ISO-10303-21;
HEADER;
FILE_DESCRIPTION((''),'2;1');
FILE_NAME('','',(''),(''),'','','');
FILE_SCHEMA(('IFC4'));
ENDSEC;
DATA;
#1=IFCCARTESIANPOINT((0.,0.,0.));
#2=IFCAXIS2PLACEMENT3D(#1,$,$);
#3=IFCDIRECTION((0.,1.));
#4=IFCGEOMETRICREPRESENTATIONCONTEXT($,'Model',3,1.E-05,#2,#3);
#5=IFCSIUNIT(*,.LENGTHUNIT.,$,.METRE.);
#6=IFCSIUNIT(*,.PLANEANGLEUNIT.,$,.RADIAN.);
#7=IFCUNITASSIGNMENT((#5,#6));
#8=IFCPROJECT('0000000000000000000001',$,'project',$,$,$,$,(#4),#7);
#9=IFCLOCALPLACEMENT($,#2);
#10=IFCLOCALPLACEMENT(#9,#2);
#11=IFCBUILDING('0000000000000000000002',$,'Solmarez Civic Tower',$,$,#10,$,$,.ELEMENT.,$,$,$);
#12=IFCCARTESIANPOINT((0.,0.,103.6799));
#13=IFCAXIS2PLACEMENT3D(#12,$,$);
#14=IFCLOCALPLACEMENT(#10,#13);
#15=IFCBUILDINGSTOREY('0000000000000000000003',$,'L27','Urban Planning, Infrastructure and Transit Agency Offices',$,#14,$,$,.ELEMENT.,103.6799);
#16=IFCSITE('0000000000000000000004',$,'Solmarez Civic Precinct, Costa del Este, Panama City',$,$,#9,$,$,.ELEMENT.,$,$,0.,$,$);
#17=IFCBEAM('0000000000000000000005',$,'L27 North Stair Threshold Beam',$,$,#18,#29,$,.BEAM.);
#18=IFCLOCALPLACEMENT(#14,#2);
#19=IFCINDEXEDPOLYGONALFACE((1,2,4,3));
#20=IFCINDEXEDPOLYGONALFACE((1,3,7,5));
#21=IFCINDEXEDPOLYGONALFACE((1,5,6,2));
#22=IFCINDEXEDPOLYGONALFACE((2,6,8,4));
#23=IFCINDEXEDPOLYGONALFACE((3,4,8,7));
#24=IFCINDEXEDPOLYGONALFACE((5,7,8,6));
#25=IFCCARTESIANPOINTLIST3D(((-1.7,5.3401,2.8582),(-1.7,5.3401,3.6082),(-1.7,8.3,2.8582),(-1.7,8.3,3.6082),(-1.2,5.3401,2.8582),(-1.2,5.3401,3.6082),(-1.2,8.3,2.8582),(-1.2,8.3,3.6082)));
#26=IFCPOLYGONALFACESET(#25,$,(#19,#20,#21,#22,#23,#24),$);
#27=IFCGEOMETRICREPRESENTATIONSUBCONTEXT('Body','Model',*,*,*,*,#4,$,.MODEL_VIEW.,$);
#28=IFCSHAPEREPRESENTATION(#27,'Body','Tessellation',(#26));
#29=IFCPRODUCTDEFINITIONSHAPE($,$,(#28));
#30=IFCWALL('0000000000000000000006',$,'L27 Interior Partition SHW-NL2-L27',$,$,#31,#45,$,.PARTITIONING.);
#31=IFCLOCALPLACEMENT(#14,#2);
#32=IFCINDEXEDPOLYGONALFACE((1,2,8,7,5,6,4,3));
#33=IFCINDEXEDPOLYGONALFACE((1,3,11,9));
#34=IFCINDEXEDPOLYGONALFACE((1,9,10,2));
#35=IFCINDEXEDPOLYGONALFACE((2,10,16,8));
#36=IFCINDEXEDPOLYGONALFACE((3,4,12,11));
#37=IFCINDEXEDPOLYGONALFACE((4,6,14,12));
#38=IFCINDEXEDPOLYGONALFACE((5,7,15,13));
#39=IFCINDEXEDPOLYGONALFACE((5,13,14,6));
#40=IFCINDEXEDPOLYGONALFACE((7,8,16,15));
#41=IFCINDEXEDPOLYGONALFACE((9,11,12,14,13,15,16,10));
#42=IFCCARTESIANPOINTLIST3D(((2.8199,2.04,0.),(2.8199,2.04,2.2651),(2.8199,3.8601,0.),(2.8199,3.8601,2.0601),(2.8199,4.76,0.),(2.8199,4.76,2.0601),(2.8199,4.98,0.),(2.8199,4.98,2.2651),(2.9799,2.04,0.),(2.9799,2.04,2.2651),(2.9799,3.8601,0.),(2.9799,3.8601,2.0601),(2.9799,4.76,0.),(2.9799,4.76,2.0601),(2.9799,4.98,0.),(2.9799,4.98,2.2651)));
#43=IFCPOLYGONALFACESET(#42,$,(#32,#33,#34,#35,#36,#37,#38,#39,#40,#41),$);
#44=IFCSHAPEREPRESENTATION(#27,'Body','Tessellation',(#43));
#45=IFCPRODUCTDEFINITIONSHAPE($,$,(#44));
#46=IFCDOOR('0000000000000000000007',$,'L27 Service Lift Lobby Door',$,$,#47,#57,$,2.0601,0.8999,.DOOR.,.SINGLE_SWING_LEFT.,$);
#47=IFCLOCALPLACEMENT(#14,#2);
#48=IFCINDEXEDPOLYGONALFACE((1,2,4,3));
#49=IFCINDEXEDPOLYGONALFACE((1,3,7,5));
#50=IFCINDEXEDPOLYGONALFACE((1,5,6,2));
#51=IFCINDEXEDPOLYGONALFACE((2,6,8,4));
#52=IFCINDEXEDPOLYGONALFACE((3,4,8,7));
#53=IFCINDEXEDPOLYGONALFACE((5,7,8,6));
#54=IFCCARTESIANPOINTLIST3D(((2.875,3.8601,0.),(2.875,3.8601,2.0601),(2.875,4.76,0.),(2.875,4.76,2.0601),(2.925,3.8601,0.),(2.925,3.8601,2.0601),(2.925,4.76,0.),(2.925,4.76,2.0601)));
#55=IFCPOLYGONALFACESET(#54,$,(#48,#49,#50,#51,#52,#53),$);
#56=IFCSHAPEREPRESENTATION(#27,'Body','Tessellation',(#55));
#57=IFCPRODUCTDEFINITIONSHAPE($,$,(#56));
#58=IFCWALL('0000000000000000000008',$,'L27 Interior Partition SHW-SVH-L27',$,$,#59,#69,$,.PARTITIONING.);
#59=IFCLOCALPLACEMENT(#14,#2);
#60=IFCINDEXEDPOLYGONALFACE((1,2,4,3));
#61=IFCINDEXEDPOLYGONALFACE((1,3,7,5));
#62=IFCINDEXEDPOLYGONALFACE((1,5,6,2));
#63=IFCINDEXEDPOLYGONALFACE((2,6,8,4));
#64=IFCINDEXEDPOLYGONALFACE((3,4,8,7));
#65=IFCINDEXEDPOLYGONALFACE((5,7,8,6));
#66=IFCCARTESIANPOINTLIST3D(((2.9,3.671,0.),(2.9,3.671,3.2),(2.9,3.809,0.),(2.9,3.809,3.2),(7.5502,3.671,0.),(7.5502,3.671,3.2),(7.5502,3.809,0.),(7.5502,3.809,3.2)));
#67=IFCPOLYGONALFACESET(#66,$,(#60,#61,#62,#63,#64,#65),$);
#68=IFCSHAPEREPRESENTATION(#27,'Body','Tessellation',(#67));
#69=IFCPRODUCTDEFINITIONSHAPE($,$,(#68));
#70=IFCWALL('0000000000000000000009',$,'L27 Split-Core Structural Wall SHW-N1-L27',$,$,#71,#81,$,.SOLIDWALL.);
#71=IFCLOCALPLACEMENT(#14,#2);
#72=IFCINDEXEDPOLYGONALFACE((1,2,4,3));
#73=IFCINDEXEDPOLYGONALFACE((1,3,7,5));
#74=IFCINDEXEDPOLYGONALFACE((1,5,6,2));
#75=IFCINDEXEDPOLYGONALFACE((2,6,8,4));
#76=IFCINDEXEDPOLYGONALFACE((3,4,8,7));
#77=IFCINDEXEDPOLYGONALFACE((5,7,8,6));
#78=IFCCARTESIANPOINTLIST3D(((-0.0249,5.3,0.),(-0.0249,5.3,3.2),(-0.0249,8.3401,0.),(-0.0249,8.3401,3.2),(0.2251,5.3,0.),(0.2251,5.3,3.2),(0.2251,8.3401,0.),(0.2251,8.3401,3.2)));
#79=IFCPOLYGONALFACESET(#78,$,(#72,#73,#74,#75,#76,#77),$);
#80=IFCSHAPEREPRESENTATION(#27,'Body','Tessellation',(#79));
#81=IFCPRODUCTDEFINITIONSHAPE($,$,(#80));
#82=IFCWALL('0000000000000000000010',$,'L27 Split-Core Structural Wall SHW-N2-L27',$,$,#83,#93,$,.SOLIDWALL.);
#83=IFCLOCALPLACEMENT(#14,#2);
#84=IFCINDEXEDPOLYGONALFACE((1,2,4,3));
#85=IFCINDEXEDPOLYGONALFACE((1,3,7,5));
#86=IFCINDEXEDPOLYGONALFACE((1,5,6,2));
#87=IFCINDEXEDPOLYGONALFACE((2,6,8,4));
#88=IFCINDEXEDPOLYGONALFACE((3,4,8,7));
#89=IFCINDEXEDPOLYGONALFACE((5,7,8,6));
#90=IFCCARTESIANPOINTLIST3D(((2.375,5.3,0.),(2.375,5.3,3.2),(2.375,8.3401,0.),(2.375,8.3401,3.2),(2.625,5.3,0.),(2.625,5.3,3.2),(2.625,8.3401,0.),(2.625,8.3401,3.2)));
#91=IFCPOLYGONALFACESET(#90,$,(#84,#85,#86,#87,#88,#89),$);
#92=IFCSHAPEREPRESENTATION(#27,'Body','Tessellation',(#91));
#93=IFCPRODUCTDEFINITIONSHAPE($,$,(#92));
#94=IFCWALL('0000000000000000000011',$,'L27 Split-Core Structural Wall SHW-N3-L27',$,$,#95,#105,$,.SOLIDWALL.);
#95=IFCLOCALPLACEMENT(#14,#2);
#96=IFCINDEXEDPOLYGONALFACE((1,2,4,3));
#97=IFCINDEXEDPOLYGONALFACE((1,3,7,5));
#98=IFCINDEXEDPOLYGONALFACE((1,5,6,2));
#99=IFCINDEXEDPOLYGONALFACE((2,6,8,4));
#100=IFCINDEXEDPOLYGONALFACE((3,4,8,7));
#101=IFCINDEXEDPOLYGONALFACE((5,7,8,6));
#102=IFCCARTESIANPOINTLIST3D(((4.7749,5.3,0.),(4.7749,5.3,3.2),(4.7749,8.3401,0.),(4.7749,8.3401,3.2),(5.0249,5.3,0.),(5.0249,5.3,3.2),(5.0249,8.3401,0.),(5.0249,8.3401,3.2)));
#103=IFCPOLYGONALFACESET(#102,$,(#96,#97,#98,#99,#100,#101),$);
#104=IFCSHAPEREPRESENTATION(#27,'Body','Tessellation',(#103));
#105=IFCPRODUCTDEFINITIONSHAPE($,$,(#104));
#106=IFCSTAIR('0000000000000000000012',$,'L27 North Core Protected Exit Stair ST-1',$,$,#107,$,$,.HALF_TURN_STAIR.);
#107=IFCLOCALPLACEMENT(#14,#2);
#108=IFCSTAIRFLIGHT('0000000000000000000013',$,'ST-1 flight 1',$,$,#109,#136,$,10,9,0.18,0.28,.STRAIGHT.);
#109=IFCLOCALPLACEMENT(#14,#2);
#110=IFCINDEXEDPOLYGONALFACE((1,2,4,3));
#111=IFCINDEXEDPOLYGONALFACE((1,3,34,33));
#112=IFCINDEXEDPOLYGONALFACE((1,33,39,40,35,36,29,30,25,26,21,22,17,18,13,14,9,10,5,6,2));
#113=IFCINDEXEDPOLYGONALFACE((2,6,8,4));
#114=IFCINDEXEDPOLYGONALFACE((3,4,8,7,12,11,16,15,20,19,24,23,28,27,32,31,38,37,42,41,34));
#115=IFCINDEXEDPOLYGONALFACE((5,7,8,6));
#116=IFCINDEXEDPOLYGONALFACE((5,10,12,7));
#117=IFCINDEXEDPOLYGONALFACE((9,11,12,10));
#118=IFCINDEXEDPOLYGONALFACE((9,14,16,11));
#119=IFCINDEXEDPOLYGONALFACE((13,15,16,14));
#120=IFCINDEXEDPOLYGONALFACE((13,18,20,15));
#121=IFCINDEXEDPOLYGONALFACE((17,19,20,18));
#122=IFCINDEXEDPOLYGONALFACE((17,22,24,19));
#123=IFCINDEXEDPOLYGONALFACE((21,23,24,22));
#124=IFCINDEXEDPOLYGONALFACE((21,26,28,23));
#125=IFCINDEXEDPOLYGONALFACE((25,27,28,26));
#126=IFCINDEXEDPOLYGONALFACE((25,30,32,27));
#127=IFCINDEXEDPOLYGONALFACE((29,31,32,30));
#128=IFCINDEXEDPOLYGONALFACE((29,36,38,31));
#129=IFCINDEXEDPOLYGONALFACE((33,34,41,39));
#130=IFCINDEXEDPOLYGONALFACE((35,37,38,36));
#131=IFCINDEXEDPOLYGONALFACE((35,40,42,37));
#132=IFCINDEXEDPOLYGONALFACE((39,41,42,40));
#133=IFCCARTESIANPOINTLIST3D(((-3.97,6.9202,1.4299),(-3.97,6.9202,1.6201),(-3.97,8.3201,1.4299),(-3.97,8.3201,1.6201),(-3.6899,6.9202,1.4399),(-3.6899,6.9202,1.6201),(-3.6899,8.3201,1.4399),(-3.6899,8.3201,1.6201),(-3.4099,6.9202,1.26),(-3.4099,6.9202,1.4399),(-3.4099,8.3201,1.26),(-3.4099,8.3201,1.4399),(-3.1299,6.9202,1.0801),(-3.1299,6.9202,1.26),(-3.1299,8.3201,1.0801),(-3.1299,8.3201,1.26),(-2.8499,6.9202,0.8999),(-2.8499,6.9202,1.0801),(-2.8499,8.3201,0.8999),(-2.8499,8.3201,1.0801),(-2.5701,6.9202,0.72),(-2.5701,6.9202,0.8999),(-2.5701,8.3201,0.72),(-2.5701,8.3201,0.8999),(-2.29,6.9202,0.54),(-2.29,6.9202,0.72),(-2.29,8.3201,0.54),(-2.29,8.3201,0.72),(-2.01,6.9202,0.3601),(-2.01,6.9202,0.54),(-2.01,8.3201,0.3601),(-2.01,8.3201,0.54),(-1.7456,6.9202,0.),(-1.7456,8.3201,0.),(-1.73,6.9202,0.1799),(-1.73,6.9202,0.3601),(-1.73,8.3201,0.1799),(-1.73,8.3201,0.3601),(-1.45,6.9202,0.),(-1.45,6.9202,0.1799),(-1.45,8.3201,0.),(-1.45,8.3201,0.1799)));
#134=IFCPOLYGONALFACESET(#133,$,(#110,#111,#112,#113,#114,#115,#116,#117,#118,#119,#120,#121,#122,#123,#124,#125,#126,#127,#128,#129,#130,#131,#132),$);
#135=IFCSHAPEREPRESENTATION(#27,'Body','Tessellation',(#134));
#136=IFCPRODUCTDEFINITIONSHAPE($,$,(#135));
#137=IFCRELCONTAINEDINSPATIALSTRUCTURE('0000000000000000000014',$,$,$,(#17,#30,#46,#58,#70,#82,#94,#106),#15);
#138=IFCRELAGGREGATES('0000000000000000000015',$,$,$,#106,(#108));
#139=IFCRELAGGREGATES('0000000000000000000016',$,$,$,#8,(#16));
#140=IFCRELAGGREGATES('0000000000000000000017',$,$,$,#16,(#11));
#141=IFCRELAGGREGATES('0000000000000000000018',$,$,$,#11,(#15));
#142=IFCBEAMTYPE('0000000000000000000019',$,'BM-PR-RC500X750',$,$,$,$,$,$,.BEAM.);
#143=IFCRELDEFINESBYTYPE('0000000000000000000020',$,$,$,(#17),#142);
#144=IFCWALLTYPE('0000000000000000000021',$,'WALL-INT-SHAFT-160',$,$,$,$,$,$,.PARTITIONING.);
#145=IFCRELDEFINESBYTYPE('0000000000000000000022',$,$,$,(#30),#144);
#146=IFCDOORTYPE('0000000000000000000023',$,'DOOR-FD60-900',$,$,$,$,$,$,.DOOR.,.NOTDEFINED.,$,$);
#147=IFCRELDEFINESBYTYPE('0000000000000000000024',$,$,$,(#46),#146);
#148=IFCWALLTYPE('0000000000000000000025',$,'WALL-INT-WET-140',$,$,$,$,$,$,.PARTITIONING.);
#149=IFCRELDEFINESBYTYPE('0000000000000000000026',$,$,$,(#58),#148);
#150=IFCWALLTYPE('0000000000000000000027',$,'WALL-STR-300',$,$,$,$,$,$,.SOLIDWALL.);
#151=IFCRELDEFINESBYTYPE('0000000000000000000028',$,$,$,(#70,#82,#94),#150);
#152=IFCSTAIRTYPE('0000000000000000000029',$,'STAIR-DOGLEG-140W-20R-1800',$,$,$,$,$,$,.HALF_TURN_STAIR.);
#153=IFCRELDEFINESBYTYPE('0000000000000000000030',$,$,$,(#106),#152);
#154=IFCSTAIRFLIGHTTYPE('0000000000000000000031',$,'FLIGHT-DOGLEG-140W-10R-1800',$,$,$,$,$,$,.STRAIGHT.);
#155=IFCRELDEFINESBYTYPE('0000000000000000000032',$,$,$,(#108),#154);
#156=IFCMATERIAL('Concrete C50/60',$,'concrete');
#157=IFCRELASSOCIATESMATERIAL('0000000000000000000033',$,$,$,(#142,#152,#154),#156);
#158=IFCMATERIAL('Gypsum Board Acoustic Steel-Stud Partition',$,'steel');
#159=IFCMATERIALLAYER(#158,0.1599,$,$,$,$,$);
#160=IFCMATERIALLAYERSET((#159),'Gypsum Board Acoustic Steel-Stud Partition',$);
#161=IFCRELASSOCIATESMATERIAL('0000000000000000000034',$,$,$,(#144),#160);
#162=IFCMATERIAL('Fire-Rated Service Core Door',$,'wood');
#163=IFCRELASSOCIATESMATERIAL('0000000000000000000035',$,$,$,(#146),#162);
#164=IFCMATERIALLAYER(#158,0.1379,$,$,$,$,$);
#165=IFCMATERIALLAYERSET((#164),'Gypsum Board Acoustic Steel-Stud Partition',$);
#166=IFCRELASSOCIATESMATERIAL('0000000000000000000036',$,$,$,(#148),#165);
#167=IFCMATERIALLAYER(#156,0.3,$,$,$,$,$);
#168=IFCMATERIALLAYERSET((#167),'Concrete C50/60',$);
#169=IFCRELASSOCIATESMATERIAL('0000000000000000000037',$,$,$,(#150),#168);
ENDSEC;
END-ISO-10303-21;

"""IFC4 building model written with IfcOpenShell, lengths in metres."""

from ifc_helpers import new_model, si_unit, direction, frame, frame_2d, origin, origin_2d, place, context, subcontext, project, spatial, polyline, rectangle, outline, extrude, material, layer, layer_set, material_profile, profile_set, type_object, element, fill, aggregate, save


model = new_model("IFC4")

# Units and contexts
model_context = context("Model", 3, precision=1e-05, world=origin(), true_north=direction((0.0, 1.0)))
body_context = subcontext(model_context, "Body", "Model", "MODEL_VIEW")
ifc_project = project(units=[si_unit("LENGTHUNIT", "METRE"), si_unit("PLANEANGLEUNIT", "RADIAN")], contexts=[model_context])

# Site, building, storey
site_placement = place(None, origin())
site = spatial("IfcSite", under=ifc_project, at=site_placement, Name="Solmarez Civic Precinct, Costa del Este, Panama City", CompositionType="ELEMENT", RefElevation=0.0)
building_placement = place(site_placement, origin())
building = spatial("IfcBuilding", under=site, at=building_placement, Name="Solmarez Civic Tower", CompositionType="ELEMENT")
storey_placement = place(building_placement, frame((0.0, 0.0, 103.6799)))
storey = spatial("IfcBuildingStorey", under=building, at=storey_placement, Name="L27", Description="Urban Planning, Infrastructure and Transit Agency Offices", CompositionType="ELEMENT", Elevation=103.6799)

# Beam
ifc_material_1 = material(Name="Concrete C50/60", Category="concrete")
ifc_material_profile = material_profile(ifc_material_1, rectangle(XDim=0.5, YDim=0.75, at=origin_2d()), Name="RC500X750")
ifc_profile_set = profile_set([ifc_material_profile], Name="Concrete C50/60")
beam_type = type_object("IfcBeamType", Name="BM-PR-RC500X750", PredefinedType="BEAM", material=ifc_profile_set)
beam_placement = place(storey_placement, frame((-1.45, 5.3401, 3.2332), z_axis=(0.0, 1.0, 0.0), x_axis=(-1.0, 0.0, 0.0)))
element("IfcBeam", 1, at=beam_placement, inside=storey, type_object=beam_type, Name="L27 North Stair Threshold Beam", PredefinedType="BEAM", context=body_context, shape_type="SweptSolid", body=[
    extrude(rectangle(XDim=0.5, YDim=0.75, at=origin_2d()), origin(), (0.0, 0.0, 1.0), 2.96),
])

# Wall, opening, door
ifc_material_2 = material(Name="Gypsum Board Acoustic Steel-Stud Partition", Category="steel")
ifc_layer_1 = layer(ifc_material_2, 0.1599)
ifc_layer_set_1 = layer_set([ifc_layer_1], Name="Gypsum Board Acoustic Steel-Stud Partition")
wall_type_1 = type_object("IfcWallType", Name="WALL-INT-SHAFT-160", PredefinedType="PARTITIONING", material=ifc_layer_set_1)
wall_1_placement = place(storey_placement, frame((2.8999, 2.04, 0.0), z_axis=(0.0, 0.0, 1.0), x_axis=(0.0, 1.0, 0.0)))
wall_1 = element("IfcWall", 2, at=wall_1_placement, inside=storey, type_object=wall_type_1, Name="L27 Interior Partition SHW-NL2-L27", PredefinedType="PARTITIONING", context=body_context, shape_type="SweptSolid", body=[
    extrude(rectangle(XDim=2.9399, YDim=0.1599, at=frame_2d((1.47, 0.0))), origin(), (0.0, 0.0, 1.0), 2.2651),
])
opening_placement = place(wall_1_placement, frame((1.8201, 0.0, 0.0)))
opening = element("IfcOpeningElement", 3, at=opening_placement, cuts=wall_1, PredefinedType="OPENING", context=body_context, shape_type="SweptSolid", body=[
    extrude(rectangle(XDim=0.8999, YDim=2.0601, at=frame_2d((0.45, 1.03))), frame((0.0, 0.0898, 0.0), z_axis=(0.0, -1.0, 0.0), x_axis=(1.0, 0.0, 0.0)), (0.0, 0.0, 1.0), 0.1799),
])
ifc_material_3 = material(Name="Fire-Rated Service Core Door", Category="wood")
door_type = type_object("IfcDoorType", Name="DOOR-FD60-900", OperationType="NOTDEFINED", PredefinedType="DOOR", material=ifc_material_3)
door_placement = place(opening_placement, origin())
door = element("IfcDoor", 4, at=door_placement, inside=storey, type_object=door_type, Name="L27 Service Lift Lobby Door", OperationType="SINGLE_SWING_LEFT", OverallHeight=2.0601, OverallWidth=0.8999, PredefinedType="DOOR", context=body_context, shape_type="SweptSolid", body=[
    extrude(rectangle(XDim=0.8999, YDim=2.0601, at=frame_2d((0.45, 1.03))), frame((0.0, 0.0249, 0.0), z_axis=(0.0, -1.0, 0.0), x_axis=(1.0, 0.0, 0.0)), (0.0, 0.0, 1.0), 0.05),
])
fill(opening, door)

# Walls
ifc_layer_2 = layer(ifc_material_2, 0.1379)
ifc_layer_set_2 = layer_set([ifc_layer_2], Name="Gypsum Board Acoustic Steel-Stud Partition")
wall_type_2 = type_object("IfcWallType", Name="WALL-INT-WET-140", PredefinedType="PARTITIONING", material=ifc_layer_set_2)
wall_2_placement = place(storey_placement, frame((2.8999, 3.74, 0.0), z_axis=(0.0, 0.0, 1.0), x_axis=(1.0, 0.0, 0.0)))
element("IfcWall", 5, at=wall_2_placement, inside=storey, type_object=wall_type_2, Name="L27 Interior Partition SHW-SVH-L27", PredefinedType="PARTITIONING", context=body_context, shape_type="SweptSolid", body=[
    extrude(rectangle(XDim=4.6501, YDim=0.1379, at=frame_2d((2.3252, 0.0))), origin(), (0.0, 0.0, 1.0), 3.2),
])
ifc_layer_3 = layer(ifc_material_1, 0.3)
ifc_layer_set_3 = layer_set([ifc_layer_3], Name="Concrete C50/60")
wall_type_3 = type_object("IfcWallType", Name="WALL-STR-300", PredefinedType="SOLIDWALL", material=ifc_layer_set_3)
for number, where, z_axis, x_axis, name in (
    (6, (0.1001, 5.3, 0.0), (0.0, 0.0, 1.0), (0.0, 1.0, 0.0), "L27 Split-Core Structural Wall SHW-N1-L27"),
    (7, (2.5, 5.3, 0.0), (0.0, 0.0, 1.0), (0.0, 1.0, 0.0), "L27 Split-Core Structural Wall SHW-N2-L27"),
    (8, (4.8999, 5.3, 0.0), (0.0, 0.0, 1.0), (0.0, 1.0, 0.0), "L27 Split-Core Structural Wall SHW-N3-L27"),
):
    element("IfcWall", number, at=place(storey_placement, frame(where, z_axis=z_axis, x_axis=x_axis)), inside=storey, type_object=wall_type_3, Name=name, PredefinedType="SOLIDWALL", context=body_context, shape_type="SweptSolid", body=[
        extrude(rectangle(XDim=3.04, YDim=0.25, at=frame_2d((1.52, 0.0))), origin(), (0.0, 0.0, 1.0), 3.2),
    ])

# Stair, stair flight
stair_type = type_object("IfcStairType", Name="STAIR-DOGLEG-140W-20R-1800", PredefinedType="HALF_TURN_STAIR", material=ifc_material_1)
stair_placement = place(storey_placement, origin())
stair = element("IfcStair", 9, at=stair_placement, inside=storey, type_object=stair_type, Name="L27 North Core Protected Exit Stair ST-1", PredefinedType="HALF_TURN_STAIR")
stair_flight_type = type_object("IfcStairFlightType", Name="FLIGHT-DOGLEG-140W-10R-1800", PredefinedType="STRAIGHT", material=ifc_material_1)
stair_flight_placement = place(storey_placement, frame((-1.45, 7.6201, 0.0), z_axis=(0.0, 0.0, 1.0), x_axis=(-1.0, 0.0, 0.0)))
stair_flight = element("IfcStairFlight", 10, at=stair_flight_placement, type_object=stair_flight_type, Name="ST-1 flight 1", NumberOfRisers=10, NumberOfTreads=9, PredefinedType="STRAIGHT", RiserHeight=0.18, TreadLength=0.28, context=body_context, shape_type="SweptSolid", body=[
    extrude(outline(polyline([(0.0, 0.0), (0.0, 0.1799), (0.28, 0.1799), (0.28, 0.3601), (0.5601, 0.3601), (0.5601, 0.54), (0.8401, 0.54), (0.8401, 0.72), (1.1201, 0.72), (1.1201, 0.8999), (1.3999, 0.8999), (1.3999, 1.0801), (1.6799, 1.0801), (1.6799, 1.26), (1.96, 1.26), (1.96, 1.4399), (2.24, 1.4399), (2.24, 1.6201), (2.52, 1.6201), (2.52, 1.8), (2.52, 1.4299), (0.2957, 0.0), (0.0, 0.0)])), frame((0.0, 0.7, 0.0), z_axis=(0.0, -1.0, 0.0), x_axis=(1.0, 0.0, 0.0)), (0.0, 0.0, 1.0), 1.3999),
])
aggregate(stair, [stair_flight])

save(model, "model.ifc")
